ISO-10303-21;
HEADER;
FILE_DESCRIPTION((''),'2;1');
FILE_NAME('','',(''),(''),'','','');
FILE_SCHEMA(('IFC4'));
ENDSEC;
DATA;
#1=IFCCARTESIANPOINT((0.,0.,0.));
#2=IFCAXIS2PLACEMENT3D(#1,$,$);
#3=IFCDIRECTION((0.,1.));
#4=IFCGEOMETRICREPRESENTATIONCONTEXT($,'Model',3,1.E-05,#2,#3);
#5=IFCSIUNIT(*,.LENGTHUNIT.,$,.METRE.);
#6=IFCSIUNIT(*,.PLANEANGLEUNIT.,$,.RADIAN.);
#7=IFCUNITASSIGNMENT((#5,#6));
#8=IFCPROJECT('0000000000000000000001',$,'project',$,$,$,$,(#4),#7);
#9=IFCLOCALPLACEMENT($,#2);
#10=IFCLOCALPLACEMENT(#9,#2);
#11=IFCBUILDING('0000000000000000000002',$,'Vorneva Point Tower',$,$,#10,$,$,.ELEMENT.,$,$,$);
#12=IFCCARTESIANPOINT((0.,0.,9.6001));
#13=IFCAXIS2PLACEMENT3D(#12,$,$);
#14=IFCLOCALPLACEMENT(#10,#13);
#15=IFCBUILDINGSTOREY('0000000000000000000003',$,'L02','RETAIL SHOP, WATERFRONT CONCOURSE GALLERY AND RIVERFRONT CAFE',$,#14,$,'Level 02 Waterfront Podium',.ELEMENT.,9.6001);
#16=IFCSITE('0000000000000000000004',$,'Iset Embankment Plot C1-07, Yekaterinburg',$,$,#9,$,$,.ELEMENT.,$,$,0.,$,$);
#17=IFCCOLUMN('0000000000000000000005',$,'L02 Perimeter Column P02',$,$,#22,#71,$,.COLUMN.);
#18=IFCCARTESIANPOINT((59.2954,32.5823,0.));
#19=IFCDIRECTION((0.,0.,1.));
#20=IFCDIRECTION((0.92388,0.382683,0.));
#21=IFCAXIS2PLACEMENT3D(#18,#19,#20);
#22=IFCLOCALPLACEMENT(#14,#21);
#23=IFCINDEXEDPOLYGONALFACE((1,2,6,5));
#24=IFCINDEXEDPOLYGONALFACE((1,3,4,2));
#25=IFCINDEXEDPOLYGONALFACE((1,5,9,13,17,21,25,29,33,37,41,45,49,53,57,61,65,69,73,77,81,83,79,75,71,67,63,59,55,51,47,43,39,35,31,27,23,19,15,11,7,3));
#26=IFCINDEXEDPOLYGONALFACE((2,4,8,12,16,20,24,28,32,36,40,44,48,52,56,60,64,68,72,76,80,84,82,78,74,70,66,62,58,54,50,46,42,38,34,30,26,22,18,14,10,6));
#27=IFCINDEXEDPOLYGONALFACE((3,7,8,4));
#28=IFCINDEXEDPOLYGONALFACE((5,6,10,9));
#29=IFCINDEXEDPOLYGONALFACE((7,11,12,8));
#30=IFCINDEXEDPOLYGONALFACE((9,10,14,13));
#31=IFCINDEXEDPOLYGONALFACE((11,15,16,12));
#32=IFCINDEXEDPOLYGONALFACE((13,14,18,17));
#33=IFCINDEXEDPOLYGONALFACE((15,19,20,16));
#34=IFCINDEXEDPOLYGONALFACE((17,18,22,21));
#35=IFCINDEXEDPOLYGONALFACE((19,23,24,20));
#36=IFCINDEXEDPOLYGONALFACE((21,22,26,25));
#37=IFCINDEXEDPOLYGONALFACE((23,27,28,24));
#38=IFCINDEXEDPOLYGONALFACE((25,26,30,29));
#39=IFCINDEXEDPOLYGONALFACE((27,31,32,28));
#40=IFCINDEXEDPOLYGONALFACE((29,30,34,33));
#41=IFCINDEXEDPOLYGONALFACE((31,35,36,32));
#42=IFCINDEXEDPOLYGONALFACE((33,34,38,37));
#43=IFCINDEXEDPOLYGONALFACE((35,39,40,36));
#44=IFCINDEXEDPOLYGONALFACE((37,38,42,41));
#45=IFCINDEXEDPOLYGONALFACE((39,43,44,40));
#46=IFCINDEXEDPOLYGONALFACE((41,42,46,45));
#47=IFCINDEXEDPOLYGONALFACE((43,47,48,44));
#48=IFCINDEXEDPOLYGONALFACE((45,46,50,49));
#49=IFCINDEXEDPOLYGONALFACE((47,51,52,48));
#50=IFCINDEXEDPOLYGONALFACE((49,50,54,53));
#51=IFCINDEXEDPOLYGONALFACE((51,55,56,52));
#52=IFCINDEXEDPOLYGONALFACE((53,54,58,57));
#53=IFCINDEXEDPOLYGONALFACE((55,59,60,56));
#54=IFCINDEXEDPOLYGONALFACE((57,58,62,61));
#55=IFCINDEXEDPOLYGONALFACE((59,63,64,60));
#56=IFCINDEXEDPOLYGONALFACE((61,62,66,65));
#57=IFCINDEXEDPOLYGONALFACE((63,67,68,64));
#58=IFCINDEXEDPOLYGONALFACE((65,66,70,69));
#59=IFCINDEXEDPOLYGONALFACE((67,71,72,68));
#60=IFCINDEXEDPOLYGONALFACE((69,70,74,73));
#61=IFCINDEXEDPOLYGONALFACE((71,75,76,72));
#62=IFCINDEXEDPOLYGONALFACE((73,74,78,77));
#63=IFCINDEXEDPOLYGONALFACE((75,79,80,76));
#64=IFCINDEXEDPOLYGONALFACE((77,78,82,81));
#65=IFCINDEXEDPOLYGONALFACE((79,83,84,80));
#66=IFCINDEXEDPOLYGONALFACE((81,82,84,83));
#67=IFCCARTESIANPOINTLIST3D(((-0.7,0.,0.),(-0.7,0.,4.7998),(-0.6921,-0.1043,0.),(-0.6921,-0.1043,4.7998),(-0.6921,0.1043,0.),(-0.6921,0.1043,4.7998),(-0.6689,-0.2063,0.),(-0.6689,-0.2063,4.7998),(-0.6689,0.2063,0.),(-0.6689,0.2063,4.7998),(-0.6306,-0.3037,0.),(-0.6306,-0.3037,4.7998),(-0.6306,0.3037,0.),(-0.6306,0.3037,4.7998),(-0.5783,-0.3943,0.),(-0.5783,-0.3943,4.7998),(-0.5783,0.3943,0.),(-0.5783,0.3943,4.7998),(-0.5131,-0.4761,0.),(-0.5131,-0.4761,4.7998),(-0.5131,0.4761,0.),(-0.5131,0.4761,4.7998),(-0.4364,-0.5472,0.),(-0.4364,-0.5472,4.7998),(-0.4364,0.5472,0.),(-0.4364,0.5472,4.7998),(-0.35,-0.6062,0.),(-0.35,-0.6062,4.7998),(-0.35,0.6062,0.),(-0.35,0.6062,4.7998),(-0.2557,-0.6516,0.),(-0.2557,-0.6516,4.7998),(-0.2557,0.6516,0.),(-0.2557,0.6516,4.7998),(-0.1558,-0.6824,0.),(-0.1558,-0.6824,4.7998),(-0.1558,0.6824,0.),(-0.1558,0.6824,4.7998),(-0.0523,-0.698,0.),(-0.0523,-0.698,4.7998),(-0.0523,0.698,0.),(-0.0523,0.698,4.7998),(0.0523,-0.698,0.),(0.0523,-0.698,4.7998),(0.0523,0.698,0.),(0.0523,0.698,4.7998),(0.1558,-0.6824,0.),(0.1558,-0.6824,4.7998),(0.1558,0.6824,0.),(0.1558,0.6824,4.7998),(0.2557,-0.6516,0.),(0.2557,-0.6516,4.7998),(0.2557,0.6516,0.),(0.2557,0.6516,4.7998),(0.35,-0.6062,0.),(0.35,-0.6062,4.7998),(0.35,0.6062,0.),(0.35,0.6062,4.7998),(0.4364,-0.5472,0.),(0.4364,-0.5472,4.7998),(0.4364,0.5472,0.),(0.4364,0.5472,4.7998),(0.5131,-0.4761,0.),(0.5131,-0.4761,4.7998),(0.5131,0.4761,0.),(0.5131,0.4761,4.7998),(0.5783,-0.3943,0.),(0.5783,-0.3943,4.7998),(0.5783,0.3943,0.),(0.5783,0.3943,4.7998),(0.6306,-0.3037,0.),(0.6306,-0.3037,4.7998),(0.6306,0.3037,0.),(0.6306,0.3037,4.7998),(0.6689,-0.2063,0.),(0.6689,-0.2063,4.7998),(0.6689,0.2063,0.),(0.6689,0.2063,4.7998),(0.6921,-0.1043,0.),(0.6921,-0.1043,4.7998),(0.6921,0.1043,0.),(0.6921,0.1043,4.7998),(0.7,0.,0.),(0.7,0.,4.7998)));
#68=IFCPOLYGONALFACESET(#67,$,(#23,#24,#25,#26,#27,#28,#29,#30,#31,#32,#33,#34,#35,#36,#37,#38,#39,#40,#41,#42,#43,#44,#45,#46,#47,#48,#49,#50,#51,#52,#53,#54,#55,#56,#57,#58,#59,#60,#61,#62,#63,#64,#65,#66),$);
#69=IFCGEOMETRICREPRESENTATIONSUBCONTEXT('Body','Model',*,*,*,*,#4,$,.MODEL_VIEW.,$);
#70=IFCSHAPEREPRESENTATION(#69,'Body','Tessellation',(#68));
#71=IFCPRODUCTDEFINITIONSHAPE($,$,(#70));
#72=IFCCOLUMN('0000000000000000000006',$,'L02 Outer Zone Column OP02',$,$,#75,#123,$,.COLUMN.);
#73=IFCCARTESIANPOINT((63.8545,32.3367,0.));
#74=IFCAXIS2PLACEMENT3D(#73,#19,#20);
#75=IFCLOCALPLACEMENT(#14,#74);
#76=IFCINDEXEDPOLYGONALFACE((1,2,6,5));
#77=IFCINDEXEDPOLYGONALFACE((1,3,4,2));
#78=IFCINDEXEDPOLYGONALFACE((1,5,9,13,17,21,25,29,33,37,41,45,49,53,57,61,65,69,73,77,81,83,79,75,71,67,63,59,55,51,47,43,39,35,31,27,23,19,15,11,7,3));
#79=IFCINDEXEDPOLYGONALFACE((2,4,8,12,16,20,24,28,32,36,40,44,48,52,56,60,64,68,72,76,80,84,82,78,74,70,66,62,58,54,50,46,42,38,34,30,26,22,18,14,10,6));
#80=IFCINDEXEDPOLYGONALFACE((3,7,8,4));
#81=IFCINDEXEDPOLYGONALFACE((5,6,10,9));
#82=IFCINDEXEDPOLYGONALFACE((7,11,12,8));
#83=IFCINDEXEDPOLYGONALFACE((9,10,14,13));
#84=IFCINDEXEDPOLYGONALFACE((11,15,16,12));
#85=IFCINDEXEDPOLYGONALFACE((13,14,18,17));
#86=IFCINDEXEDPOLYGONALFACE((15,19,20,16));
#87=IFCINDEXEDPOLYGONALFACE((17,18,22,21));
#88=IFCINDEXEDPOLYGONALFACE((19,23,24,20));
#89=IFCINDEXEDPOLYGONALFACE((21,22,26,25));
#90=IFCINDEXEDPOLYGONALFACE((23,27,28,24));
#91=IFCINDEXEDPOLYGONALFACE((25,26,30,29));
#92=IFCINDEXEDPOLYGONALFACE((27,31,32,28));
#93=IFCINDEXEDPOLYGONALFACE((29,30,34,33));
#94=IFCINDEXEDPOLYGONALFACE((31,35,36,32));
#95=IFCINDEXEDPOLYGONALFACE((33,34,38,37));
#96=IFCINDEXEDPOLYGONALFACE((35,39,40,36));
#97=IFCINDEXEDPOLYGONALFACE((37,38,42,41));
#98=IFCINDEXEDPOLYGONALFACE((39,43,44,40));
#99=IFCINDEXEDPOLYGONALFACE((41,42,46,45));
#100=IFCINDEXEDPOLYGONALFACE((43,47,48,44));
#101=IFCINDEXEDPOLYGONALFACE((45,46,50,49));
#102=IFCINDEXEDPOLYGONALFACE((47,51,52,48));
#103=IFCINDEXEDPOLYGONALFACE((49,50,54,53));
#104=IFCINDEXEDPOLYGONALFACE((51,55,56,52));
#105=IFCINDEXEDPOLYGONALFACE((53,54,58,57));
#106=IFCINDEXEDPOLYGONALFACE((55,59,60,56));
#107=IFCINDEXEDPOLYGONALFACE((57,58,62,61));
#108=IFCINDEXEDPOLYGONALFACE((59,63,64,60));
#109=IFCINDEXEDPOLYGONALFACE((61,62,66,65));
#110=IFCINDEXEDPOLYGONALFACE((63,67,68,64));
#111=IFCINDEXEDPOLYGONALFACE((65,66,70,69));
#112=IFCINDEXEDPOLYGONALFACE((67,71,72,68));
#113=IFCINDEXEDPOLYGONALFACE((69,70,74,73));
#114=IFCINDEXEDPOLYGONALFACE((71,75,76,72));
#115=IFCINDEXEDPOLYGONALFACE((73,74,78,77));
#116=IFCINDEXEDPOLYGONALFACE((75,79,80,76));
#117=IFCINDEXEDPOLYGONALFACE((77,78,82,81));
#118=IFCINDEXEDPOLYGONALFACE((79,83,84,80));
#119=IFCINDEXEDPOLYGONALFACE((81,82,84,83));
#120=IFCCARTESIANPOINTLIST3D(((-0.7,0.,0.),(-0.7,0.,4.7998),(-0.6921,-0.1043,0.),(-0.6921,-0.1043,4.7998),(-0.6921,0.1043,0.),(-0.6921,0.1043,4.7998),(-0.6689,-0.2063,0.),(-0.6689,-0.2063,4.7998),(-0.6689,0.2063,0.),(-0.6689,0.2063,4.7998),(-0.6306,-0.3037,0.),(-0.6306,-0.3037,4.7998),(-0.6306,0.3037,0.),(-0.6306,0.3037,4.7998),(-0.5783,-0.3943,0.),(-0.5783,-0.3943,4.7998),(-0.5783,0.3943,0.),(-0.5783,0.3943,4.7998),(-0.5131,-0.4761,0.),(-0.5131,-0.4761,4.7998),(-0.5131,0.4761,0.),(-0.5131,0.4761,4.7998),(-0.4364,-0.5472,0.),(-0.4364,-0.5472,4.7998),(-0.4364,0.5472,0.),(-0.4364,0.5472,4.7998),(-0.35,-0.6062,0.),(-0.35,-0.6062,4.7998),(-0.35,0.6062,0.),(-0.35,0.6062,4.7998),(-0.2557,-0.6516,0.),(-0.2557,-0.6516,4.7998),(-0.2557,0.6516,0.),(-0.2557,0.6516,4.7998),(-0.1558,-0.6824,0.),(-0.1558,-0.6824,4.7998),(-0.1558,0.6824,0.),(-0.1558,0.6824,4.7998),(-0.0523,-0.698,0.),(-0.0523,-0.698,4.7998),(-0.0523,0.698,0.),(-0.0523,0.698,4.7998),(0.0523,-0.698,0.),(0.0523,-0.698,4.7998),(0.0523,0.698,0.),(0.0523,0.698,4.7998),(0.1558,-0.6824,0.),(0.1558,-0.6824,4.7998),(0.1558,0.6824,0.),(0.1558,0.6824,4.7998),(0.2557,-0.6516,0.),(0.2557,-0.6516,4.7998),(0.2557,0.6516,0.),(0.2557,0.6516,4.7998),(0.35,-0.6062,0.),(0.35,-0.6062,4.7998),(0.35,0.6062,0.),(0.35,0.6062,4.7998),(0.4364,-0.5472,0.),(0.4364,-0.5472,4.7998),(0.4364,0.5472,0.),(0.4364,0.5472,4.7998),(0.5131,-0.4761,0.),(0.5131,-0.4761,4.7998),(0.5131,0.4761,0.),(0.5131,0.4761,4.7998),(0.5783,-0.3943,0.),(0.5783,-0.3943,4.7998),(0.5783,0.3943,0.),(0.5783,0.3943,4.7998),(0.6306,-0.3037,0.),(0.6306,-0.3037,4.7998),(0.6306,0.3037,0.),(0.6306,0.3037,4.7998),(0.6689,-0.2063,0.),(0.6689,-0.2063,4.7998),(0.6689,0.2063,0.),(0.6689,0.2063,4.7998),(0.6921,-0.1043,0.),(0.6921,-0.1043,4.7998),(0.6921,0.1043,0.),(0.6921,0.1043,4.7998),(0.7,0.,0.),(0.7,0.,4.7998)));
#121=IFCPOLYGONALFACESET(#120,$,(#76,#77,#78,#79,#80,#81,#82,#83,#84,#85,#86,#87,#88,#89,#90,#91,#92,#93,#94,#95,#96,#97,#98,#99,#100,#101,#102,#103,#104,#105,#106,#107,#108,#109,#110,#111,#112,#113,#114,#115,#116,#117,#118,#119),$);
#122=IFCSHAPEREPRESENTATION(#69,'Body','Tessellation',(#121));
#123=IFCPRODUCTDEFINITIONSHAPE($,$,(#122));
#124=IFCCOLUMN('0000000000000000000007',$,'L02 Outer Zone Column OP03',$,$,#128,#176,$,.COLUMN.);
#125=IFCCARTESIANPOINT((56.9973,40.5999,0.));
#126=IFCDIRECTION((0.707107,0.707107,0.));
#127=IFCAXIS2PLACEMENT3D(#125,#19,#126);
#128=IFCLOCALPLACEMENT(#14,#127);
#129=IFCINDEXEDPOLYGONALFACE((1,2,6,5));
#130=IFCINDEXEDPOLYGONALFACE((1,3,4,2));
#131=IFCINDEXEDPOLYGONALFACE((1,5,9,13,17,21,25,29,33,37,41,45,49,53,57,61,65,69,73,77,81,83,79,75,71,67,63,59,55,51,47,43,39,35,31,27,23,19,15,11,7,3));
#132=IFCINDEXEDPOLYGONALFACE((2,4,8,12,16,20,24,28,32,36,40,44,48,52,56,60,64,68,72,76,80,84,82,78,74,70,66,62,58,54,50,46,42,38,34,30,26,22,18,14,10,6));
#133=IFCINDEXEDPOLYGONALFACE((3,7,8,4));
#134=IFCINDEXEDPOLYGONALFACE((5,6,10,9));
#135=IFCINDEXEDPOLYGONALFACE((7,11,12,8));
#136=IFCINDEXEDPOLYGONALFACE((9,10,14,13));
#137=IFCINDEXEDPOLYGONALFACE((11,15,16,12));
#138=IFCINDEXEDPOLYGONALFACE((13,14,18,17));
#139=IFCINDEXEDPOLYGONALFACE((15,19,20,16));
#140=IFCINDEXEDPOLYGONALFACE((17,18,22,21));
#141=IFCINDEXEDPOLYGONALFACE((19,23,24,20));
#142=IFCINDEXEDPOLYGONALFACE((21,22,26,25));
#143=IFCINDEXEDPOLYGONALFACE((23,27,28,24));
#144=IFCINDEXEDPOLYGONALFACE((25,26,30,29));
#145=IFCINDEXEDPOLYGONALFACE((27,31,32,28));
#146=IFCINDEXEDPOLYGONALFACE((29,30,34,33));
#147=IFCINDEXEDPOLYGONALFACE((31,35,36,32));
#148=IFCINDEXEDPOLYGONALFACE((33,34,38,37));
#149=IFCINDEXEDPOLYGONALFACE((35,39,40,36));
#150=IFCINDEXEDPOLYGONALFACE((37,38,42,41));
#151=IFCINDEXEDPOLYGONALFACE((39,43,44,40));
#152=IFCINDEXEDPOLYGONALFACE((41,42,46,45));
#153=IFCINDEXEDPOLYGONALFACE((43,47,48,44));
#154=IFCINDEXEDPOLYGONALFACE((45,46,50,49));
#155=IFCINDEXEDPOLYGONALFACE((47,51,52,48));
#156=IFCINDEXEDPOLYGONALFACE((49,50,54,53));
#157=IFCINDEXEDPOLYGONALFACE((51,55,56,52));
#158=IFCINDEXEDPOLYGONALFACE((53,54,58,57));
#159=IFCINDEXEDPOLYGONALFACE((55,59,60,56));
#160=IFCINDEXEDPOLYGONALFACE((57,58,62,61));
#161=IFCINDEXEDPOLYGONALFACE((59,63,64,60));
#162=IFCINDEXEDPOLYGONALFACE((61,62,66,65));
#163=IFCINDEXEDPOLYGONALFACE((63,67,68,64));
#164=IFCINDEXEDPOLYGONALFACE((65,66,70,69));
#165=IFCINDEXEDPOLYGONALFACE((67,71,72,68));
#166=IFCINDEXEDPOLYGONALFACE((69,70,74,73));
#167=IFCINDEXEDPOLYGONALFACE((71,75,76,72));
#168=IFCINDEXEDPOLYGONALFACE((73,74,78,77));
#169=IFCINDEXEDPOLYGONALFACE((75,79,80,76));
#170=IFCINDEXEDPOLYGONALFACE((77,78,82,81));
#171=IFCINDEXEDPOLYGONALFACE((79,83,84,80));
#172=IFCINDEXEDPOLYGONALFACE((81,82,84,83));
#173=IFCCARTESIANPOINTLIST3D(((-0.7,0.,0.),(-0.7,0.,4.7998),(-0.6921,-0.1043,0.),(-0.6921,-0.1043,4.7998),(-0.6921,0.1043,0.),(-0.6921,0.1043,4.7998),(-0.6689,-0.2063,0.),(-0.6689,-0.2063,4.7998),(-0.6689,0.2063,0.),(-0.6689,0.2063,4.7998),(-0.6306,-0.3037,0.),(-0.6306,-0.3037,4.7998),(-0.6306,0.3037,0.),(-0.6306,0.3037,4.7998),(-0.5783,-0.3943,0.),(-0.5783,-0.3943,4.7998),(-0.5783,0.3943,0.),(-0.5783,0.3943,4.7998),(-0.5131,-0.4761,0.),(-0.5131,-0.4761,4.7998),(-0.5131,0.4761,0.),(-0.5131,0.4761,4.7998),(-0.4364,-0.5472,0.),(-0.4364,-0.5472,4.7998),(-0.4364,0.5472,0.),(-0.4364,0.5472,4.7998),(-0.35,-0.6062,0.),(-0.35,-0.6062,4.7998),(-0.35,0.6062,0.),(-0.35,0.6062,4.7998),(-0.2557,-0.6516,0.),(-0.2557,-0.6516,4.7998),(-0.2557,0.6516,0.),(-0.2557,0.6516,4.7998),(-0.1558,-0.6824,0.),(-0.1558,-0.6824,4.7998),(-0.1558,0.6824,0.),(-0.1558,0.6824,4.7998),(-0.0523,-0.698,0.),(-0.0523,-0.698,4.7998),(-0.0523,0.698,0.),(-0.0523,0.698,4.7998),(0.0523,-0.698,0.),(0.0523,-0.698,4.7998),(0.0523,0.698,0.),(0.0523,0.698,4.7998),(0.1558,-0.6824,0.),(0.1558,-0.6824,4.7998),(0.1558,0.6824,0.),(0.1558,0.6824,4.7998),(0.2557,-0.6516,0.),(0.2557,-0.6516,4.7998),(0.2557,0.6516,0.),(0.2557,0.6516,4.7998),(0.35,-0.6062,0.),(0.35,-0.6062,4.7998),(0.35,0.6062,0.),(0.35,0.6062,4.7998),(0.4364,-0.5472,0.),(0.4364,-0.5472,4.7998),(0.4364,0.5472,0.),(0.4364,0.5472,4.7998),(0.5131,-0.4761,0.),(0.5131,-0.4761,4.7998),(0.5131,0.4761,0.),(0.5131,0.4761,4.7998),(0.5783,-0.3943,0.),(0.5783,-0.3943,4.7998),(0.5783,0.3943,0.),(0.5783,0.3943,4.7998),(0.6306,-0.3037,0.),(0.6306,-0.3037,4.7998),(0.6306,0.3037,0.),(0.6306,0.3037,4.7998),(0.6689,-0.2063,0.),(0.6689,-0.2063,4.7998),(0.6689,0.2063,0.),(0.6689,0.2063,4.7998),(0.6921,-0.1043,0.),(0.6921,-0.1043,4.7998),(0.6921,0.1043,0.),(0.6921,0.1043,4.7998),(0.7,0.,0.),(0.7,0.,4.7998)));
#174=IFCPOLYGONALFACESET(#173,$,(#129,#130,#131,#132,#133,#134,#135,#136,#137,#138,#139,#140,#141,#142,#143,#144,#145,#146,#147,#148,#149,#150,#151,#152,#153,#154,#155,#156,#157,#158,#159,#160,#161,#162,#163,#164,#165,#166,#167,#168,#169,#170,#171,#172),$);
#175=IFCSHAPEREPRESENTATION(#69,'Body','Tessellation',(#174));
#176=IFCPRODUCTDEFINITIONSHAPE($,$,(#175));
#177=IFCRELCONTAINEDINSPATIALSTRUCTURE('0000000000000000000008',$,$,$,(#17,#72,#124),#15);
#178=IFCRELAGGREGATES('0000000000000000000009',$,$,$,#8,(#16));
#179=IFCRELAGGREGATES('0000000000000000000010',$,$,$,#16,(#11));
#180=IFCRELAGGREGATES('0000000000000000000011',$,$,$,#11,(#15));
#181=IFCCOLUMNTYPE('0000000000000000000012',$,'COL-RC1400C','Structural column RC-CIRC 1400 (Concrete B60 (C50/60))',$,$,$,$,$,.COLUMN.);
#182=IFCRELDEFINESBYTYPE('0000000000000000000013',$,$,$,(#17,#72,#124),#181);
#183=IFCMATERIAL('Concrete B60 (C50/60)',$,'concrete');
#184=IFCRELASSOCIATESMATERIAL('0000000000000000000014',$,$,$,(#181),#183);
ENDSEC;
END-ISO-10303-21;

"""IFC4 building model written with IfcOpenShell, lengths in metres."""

from ifc_helpers import new_model, si_unit, direction, frame, origin, origin_2d, place, context, subcontext, project, spatial, circle, extrude, material, material_profile, profile_set, type_object, element, save


model = new_model("IFC4")

# Units and contexts
model_context = context("Model", 3, precision=1e-05, world=origin(), true_north=direction((0.0, 1.0)))
body_context = subcontext(model_context, "Body", "Model", "MODEL_VIEW")
ifc_project = project(units=[si_unit("LENGTHUNIT", "METRE"), si_unit("PLANEANGLEUNIT", "RADIAN")], contexts=[model_context])

# Site, building, storey
site_placement = place(None, origin())
site = spatial("IfcSite", under=ifc_project, at=site_placement, Name="Iset Embankment Plot C1-07, Yekaterinburg", CompositionType="ELEMENT", RefElevation=0.0)
building_placement = place(site_placement, origin())
building = spatial("IfcBuilding", under=site, at=building_placement, Name="Vorneva Point Tower", CompositionType="ELEMENT")
storey_placement = place(building_placement, frame((0.0, 0.0, 9.6001)))
storey = spatial("IfcBuildingStorey", under=building, at=storey_placement, Name="L02", Description="RETAIL SHOP, WATERFRONT CONCOURSE GALLERY AND RIVERFRONT CAFE", LongName="Level 02 Waterfront Podium", CompositionType="ELEMENT", Elevation=9.6001)

# Columns
ifc_material_1 = material(Name="Concrete B60 (C50/60)", Category="concrete")
ifc_material_profile_1 = material_profile(ifc_material_1, circle(Radius=0.7, at=origin_2d()), Name="RC-CIRC 1400")
ifc_profile_set_1 = profile_set([ifc_material_profile_1], Name="Concrete B60 (C50/60)")
column_type = type_object("IfcColumnType", Name="COL-RC1400C", Description="Structural column RC-CIRC 1400 (Concrete B60 (C50/60))", PredefinedType="COLUMN", material=ifc_profile_set_1)
for number, where, z_axis, x_axis, name in (
    (1, (59.2954, 32.5823, 0.0), (0.0, 0.0, 1.0), (0.92388, 0.382683, 0.0), "L02 Perimeter Column P02"),
    (2, (63.8545, 32.3367, 0.0), (0.0, 0.0, 1.0), (0.92388, 0.382683, 0.0), "L02 Outer Zone Column OP02"),
    (3, (56.9973, 40.5999, 0.0), (0.0, 0.0, 1.0), (0.707107, 0.707107, 0.0), "L02 Outer Zone Column OP03"),
):
    element("IfcColumn", number, at=place(storey_placement, frame(where, z_axis=z_axis, x_axis=x_axis)), inside=storey, type_object=column_type, Name=name, PredefinedType="COLUMN", context=body_context, shape_type="SweptSolid", body=[
        extrude(circle(Radius=0.7, at=origin_2d()), origin(), (0.0, 0.0, 1.0), 4.7998),
    ])

save(model, "model.ifc")
